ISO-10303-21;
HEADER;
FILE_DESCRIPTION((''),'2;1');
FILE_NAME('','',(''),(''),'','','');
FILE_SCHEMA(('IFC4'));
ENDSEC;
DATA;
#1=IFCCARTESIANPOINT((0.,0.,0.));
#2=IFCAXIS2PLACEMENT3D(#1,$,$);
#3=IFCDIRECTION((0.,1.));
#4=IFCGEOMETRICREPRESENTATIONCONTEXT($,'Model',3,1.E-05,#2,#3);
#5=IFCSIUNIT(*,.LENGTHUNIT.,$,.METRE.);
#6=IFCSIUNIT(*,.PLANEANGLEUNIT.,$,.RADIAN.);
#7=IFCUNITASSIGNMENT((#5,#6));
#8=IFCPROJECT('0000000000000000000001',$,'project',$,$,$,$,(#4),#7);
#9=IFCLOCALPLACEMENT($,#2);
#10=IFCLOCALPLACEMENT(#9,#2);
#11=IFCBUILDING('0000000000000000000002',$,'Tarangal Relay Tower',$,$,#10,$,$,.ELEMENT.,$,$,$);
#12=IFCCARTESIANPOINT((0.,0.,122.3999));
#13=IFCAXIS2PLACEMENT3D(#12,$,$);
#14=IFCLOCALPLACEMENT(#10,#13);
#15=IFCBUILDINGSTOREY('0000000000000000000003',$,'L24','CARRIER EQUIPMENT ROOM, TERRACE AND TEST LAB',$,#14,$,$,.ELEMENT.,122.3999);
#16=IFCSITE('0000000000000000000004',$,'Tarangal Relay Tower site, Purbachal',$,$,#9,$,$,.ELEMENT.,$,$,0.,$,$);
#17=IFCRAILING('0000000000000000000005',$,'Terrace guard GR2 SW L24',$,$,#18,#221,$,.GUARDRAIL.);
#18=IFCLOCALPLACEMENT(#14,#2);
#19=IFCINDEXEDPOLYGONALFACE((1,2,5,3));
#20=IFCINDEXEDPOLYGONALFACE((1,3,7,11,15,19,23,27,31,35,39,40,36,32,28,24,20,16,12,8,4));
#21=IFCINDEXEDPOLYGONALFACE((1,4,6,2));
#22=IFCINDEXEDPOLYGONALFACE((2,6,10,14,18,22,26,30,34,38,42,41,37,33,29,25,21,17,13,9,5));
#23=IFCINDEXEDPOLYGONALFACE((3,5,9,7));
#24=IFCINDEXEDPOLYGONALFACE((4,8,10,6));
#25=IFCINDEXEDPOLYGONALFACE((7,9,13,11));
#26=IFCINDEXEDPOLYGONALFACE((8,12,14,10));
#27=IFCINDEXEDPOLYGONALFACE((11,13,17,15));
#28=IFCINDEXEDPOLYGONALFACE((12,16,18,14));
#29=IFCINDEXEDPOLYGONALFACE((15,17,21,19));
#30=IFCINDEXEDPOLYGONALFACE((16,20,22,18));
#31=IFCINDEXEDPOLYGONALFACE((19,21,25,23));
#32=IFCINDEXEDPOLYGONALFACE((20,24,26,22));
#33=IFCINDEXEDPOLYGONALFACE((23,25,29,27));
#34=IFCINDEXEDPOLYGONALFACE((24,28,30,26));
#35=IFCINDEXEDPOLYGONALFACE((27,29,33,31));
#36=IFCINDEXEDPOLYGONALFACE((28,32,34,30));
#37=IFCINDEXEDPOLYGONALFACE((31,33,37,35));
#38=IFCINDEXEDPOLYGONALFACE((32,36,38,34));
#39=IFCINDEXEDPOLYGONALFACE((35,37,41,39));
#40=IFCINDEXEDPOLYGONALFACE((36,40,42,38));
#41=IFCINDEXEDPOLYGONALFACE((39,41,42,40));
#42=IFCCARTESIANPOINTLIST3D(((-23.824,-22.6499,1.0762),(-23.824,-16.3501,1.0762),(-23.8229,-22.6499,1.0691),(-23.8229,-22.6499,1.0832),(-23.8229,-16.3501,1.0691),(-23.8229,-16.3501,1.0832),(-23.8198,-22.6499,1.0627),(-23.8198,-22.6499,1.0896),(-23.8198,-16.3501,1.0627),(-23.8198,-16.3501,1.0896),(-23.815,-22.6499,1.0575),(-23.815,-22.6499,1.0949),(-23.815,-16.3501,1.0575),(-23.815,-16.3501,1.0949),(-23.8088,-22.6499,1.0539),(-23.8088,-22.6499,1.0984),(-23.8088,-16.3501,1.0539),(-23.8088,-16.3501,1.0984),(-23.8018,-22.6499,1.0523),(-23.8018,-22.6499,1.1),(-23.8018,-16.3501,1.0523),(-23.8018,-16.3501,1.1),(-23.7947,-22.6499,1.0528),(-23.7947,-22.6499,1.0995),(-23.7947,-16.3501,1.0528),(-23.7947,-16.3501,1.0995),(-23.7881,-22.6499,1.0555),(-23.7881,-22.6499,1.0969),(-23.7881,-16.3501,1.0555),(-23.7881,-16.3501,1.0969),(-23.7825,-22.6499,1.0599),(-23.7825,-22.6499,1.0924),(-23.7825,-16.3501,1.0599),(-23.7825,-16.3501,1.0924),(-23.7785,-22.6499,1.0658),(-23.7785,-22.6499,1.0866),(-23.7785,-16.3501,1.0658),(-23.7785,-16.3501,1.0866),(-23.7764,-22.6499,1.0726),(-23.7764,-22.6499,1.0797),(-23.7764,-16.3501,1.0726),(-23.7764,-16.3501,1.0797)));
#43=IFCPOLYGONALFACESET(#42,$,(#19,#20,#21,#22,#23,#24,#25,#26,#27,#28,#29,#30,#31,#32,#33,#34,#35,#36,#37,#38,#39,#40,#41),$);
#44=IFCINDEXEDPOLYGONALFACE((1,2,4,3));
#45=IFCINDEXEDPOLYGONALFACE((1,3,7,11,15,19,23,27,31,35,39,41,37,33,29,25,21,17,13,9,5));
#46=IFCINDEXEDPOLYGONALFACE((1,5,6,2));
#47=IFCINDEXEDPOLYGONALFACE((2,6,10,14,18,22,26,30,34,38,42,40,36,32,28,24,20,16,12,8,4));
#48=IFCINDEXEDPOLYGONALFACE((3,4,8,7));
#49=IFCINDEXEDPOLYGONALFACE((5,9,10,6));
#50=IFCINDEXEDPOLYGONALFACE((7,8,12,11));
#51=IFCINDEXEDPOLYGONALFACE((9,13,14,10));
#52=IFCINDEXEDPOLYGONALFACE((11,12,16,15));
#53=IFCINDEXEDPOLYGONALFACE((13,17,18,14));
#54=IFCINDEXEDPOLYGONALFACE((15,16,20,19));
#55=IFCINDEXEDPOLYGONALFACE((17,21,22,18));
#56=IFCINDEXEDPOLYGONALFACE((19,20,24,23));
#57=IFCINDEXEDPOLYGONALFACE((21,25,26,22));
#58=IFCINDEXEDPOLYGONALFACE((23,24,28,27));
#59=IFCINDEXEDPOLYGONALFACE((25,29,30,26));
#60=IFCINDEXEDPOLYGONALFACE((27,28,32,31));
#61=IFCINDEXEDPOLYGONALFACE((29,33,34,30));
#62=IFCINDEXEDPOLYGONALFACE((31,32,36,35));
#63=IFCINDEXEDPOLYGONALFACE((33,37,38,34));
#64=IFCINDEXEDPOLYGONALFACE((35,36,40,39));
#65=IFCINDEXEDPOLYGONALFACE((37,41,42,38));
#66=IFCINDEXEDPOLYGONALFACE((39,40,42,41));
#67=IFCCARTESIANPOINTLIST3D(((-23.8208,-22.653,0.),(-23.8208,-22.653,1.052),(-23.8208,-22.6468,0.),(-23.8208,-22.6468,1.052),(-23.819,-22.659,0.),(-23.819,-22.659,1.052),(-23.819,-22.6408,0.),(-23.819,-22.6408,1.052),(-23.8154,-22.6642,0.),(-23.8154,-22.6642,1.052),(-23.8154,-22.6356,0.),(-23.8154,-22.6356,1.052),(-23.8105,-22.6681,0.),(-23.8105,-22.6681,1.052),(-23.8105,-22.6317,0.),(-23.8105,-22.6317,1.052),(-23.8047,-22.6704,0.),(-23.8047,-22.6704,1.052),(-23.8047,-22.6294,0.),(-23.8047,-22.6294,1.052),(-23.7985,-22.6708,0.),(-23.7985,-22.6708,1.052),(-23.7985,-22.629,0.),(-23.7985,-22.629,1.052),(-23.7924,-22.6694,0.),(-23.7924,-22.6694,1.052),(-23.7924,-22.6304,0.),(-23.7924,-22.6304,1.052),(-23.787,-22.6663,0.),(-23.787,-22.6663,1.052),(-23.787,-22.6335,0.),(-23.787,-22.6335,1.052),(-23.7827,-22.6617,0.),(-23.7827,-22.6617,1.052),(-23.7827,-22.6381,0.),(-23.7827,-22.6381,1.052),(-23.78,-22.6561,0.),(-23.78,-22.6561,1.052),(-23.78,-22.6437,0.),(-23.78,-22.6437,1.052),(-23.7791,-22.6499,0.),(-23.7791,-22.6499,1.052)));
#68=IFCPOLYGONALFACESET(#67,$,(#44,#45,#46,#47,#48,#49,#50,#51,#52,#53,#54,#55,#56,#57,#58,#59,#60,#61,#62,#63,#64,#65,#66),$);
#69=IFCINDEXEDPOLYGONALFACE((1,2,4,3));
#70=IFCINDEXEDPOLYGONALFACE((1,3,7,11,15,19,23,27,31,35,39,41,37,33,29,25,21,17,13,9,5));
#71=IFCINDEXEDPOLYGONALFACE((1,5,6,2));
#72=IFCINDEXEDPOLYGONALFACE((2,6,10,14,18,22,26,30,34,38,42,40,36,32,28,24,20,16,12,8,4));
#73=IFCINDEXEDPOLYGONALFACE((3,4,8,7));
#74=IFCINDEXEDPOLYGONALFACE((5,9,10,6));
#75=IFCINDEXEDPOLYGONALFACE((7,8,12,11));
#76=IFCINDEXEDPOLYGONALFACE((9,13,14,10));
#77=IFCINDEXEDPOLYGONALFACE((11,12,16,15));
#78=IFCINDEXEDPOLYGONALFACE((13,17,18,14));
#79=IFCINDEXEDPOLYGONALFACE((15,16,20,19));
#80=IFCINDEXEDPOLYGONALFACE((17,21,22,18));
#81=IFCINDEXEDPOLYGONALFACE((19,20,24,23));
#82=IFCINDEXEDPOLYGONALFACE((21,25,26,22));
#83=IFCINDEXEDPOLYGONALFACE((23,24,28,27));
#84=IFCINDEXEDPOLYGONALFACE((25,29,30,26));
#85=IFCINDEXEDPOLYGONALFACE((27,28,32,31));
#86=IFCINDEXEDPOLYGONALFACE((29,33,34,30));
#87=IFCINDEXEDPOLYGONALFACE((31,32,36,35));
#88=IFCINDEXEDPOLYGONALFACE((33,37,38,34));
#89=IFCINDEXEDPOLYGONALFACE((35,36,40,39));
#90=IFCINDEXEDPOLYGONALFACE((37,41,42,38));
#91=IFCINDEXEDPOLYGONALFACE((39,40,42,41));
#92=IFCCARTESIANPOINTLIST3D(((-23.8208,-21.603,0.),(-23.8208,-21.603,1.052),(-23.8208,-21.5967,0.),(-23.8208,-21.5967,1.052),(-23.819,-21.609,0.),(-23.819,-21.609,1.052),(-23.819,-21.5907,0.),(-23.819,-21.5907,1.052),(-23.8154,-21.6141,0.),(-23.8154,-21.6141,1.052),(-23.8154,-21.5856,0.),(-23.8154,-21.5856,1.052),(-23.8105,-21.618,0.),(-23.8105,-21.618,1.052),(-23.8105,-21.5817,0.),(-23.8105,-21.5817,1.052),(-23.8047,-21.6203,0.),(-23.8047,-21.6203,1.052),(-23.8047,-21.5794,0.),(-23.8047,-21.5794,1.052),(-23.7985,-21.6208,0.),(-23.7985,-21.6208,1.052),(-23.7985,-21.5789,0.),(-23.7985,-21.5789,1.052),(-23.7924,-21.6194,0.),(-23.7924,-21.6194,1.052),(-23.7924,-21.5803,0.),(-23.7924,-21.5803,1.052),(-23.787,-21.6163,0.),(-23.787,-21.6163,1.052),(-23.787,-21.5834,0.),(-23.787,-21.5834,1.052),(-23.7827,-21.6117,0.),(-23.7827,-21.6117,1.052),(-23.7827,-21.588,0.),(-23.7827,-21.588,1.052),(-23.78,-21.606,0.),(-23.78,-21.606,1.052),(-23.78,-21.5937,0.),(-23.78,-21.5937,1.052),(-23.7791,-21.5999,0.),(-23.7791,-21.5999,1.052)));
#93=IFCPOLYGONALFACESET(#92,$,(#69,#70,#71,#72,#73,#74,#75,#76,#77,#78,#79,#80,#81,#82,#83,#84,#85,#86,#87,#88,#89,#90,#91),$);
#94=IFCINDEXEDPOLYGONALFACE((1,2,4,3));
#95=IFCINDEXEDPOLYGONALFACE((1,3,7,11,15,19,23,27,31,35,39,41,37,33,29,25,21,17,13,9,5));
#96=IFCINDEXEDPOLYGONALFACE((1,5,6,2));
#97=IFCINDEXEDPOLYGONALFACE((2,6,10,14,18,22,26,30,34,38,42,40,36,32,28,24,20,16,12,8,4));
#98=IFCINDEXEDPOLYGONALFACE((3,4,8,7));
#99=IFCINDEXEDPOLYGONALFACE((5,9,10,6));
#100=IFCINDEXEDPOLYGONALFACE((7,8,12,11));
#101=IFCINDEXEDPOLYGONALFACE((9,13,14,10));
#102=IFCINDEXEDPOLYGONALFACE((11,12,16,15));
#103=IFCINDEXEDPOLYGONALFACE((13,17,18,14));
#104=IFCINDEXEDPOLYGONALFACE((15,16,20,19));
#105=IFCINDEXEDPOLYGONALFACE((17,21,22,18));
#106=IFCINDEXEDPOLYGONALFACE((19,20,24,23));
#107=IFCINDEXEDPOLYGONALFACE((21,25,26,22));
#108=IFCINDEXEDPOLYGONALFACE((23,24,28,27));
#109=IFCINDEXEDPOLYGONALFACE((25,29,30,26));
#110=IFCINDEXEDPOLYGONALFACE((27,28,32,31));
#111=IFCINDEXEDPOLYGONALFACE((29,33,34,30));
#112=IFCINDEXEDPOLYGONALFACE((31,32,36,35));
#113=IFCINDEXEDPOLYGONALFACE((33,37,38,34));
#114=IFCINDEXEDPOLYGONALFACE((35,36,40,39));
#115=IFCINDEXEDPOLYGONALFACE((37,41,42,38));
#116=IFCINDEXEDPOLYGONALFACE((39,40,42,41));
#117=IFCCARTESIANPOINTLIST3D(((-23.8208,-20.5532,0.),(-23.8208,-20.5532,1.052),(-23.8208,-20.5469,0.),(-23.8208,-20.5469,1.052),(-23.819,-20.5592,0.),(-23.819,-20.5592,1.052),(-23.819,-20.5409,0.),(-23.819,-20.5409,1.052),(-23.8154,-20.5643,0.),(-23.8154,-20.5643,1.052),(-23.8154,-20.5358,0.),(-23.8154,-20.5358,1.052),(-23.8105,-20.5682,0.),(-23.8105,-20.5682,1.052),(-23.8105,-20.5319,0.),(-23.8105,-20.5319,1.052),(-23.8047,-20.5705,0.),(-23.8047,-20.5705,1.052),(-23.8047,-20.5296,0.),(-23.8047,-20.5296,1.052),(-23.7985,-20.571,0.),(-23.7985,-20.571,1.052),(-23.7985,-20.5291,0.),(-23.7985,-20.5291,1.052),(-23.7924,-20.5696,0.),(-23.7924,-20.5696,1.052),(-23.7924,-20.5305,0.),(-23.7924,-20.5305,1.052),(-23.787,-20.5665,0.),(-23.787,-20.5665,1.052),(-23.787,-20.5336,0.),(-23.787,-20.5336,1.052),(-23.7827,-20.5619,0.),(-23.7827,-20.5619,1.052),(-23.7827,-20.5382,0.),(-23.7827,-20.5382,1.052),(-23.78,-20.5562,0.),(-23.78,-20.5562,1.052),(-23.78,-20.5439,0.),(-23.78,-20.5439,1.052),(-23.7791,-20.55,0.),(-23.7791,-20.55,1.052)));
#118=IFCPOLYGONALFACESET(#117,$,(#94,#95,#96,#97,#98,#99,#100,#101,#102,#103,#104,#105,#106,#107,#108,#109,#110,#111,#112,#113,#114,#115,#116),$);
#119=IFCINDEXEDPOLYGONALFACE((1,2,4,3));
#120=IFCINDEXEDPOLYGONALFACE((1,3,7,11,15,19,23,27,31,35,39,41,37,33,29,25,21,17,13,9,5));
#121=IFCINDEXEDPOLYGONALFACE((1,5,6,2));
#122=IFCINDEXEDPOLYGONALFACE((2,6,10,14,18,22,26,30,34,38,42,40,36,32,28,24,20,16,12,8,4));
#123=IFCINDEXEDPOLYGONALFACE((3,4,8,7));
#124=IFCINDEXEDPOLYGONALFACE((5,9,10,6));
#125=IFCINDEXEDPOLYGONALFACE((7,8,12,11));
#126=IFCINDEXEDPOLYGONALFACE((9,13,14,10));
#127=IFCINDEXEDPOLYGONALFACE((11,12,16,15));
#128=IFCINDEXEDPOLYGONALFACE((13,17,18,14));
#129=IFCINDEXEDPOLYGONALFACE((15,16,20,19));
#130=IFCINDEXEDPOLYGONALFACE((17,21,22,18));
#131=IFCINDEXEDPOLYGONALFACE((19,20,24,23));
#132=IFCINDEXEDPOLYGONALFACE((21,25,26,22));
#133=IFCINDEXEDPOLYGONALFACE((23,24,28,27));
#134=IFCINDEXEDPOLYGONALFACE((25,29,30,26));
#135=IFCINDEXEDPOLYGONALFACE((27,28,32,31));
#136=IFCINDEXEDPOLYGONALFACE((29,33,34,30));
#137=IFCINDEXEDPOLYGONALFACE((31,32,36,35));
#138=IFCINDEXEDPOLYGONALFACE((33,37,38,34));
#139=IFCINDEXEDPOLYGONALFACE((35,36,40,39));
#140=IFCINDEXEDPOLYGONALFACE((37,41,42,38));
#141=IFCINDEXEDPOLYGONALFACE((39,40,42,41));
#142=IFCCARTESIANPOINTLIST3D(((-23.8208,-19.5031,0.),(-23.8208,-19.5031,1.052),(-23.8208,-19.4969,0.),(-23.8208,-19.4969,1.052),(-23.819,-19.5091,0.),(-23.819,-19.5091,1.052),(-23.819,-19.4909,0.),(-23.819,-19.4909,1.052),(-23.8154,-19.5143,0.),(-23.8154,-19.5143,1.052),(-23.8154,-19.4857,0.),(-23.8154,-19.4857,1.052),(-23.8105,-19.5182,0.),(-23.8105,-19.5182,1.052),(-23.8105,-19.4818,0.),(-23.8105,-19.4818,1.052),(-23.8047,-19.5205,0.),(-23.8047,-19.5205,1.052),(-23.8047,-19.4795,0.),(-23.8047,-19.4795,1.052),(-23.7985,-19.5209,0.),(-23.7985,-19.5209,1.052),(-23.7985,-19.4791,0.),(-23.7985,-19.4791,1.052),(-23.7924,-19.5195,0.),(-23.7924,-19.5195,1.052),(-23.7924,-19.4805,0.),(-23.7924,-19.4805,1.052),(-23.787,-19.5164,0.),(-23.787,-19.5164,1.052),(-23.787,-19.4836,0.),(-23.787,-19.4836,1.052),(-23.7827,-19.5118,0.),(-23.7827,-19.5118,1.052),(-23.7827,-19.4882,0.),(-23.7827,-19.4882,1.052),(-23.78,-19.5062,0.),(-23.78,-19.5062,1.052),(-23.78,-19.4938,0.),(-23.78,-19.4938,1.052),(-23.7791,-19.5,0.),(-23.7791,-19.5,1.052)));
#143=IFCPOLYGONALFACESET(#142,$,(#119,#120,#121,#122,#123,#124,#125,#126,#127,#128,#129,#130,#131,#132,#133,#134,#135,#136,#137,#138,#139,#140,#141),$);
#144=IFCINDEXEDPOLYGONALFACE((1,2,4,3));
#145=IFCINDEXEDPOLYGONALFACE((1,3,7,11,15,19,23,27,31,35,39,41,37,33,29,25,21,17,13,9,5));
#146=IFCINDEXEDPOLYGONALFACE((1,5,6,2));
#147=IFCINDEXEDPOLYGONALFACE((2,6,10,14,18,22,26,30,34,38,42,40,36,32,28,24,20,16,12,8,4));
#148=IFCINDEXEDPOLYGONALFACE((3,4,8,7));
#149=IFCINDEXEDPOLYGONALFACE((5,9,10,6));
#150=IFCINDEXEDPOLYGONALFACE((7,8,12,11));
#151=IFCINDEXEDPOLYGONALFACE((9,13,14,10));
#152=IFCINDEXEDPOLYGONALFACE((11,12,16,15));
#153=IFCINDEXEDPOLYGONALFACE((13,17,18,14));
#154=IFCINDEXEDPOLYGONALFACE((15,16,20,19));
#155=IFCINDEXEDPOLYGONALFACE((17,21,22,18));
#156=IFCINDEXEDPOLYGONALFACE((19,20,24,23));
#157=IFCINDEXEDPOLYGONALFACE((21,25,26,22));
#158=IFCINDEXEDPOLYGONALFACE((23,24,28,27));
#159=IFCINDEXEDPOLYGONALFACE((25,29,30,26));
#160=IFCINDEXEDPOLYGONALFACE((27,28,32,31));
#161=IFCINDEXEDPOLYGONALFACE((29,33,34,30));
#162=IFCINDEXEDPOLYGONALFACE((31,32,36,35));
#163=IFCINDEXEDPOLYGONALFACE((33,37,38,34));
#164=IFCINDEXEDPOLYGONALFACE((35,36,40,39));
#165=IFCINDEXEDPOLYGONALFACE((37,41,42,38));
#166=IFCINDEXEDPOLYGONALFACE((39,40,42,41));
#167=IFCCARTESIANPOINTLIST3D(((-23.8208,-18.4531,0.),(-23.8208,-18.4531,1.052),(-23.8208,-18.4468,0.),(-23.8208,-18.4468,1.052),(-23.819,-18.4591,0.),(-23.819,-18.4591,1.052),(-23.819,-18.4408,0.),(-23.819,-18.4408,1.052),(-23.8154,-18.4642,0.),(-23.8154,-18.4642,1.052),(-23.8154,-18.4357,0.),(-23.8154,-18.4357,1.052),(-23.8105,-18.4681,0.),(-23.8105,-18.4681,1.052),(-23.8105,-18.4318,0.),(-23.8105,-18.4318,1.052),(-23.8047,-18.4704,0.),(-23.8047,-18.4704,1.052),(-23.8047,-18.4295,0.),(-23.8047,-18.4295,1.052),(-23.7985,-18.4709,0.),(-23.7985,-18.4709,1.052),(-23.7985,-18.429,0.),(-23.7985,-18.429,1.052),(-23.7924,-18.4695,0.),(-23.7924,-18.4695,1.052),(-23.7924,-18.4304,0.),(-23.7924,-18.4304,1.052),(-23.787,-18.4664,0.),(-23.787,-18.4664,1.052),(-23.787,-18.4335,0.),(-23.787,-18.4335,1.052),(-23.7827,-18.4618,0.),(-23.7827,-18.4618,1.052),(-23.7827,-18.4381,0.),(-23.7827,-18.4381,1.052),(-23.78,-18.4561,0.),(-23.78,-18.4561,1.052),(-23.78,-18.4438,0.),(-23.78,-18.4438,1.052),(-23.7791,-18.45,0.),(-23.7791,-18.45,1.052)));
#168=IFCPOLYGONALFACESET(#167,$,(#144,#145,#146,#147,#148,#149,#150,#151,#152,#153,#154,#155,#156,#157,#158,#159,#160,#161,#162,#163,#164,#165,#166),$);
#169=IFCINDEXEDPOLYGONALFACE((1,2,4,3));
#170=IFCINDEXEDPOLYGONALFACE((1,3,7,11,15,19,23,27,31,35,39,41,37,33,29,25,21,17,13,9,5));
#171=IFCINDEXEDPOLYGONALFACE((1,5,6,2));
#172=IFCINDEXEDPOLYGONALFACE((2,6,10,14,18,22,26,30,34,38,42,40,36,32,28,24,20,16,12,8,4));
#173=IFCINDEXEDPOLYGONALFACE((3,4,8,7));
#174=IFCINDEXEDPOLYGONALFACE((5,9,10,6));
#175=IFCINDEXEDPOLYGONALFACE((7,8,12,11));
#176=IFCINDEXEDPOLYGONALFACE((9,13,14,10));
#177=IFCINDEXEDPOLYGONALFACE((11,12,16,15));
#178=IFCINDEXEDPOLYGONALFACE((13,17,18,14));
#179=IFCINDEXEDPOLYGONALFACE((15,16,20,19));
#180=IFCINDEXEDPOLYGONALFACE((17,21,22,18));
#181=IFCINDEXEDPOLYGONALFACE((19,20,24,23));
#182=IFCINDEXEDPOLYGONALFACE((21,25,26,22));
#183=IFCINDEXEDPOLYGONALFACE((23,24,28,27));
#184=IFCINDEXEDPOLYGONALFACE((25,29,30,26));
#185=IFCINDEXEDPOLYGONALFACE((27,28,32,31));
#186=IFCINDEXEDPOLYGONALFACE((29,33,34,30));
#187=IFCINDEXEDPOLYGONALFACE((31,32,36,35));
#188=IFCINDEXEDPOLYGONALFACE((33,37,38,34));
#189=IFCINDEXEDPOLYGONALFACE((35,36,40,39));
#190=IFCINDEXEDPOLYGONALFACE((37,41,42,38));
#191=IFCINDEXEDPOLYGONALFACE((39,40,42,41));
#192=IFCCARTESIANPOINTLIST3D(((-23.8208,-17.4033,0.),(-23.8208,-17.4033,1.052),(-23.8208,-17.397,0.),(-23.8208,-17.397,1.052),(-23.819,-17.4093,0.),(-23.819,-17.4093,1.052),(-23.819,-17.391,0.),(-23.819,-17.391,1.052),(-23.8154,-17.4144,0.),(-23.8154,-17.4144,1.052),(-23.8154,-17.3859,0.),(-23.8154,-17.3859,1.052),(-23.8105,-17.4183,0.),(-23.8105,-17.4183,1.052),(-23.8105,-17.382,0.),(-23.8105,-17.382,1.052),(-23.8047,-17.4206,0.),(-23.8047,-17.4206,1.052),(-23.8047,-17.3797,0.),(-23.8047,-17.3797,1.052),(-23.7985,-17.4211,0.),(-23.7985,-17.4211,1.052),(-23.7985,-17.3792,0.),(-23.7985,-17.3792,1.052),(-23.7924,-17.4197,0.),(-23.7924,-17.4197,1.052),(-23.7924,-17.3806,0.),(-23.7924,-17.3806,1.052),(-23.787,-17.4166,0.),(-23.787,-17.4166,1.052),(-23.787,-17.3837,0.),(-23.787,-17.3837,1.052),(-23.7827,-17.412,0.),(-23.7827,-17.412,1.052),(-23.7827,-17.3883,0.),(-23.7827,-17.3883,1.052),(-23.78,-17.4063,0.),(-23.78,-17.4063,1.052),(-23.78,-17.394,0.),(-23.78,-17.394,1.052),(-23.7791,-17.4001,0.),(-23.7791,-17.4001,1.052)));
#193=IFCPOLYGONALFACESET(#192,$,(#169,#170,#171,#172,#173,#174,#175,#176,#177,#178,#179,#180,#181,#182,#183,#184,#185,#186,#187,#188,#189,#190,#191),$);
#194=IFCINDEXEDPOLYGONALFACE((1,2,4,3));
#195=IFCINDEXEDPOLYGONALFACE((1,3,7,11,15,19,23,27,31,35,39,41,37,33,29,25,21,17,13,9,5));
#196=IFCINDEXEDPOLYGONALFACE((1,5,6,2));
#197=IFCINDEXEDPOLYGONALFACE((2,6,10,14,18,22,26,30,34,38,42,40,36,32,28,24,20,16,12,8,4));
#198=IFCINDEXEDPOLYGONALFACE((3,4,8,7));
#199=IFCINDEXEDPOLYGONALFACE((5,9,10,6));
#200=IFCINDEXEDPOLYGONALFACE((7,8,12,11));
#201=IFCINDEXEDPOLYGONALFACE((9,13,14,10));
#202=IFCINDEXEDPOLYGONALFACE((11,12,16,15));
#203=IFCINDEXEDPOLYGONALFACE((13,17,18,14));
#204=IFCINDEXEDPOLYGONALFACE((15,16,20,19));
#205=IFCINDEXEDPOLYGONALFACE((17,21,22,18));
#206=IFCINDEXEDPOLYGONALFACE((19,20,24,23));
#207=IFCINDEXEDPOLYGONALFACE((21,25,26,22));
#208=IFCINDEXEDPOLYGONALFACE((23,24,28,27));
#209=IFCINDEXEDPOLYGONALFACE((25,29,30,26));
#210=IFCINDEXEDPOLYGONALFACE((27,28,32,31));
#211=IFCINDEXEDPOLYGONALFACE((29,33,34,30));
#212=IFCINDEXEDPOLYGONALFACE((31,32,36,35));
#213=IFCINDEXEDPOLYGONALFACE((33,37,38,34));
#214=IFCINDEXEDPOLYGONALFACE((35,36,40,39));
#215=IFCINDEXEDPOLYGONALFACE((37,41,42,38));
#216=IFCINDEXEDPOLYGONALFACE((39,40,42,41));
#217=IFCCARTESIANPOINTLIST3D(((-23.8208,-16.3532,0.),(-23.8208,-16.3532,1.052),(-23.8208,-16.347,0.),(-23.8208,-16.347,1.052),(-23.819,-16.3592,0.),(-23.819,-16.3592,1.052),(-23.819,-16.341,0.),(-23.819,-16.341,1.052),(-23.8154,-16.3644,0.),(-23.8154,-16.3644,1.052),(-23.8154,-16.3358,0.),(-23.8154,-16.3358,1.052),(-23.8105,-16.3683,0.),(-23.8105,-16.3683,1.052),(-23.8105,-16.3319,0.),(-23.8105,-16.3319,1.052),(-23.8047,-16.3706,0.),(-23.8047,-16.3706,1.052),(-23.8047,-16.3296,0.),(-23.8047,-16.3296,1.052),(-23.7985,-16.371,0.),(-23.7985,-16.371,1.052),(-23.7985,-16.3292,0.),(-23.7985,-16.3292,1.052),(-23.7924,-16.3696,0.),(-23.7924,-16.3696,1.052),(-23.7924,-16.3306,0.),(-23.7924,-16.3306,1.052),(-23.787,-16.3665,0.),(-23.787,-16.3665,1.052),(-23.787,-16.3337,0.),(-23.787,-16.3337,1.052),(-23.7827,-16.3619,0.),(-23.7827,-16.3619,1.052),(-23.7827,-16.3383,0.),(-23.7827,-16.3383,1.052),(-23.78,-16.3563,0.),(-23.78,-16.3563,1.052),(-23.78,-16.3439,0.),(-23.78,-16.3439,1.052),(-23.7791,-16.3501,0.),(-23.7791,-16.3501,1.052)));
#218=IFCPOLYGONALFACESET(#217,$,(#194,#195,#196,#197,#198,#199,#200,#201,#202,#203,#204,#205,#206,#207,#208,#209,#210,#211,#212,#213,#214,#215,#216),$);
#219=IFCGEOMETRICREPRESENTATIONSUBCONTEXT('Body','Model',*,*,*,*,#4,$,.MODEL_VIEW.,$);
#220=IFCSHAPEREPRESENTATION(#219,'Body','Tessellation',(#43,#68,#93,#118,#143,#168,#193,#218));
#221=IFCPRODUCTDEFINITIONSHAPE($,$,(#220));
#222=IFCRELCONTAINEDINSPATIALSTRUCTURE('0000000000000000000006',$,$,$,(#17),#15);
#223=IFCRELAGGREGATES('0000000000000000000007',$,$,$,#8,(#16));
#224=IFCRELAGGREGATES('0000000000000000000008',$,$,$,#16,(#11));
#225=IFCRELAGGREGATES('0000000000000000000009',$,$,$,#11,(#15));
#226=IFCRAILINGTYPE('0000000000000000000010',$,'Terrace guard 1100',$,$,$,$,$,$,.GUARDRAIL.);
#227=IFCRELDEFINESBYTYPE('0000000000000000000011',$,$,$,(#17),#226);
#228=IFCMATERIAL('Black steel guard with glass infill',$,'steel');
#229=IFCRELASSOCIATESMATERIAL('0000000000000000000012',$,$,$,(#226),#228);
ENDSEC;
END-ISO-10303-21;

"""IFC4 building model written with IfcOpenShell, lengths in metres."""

from ifc_helpers import new_model, si_unit, direction, frame, origin, origin_2d, place, context, subcontext, project, spatial, circle, extrude, material, type_object, element, save


model = new_model("IFC4")

# Units and contexts
model_context = context("Model", 3, precision=1e-05, world=origin(), true_north=direction((0.0, 1.0)))
body_context = subcontext(model_context, "Body", "Model", "MODEL_VIEW")
ifc_project = project(units=[si_unit("LENGTHUNIT", "METRE"), si_unit("PLANEANGLEUNIT", "RADIAN")], contexts=[model_context])

# Site, building, storey
site_placement = place(None, origin())
site = spatial("IfcSite", under=ifc_project, at=site_placement, Name="Tarangal Relay Tower site, Purbachal", CompositionType="ELEMENT", RefElevation=0.0)
building_placement = place(site_placement, origin())
building = spatial("IfcBuilding", under=site, at=building_placement, Name="Tarangal Relay Tower", CompositionType="ELEMENT")
storey_placement = place(building_placement, frame((0.0, 0.0, 122.3999)))
storey = spatial("IfcBuildingStorey", under=building, at=storey_placement, Name="L24", Description="CARRIER EQUIPMENT ROOM, TERRACE AND TEST LAB", CompositionType="ELEMENT", Elevation=122.3999)

# Railing
ifc_material_1 = material(Name="Black steel guard with glass infill", Category="steel")
railing_type = type_object("IfcRailingType", Name="Terrace guard 1100", PredefinedType="GUARDRAIL", material=ifc_material_1)
railing_1_placement = place(storey_placement, frame((-23.8, -22.6499, 0.0)))
element("IfcRailing", 1, at=railing_1_placement, inside=storey, type_object=railing_type, Name="Terrace guard GR2 SW L24", PredefinedType="GUARDRAIL", context=body_context, shape_type="SweptSolid", body=[
    extrude(circle(Radius=0.0239, at=origin_2d()), frame((0.0, 0.0, 1.0762), z_axis=(0.0, 1.0, 0.0), x_axis=(-1.0, 0.0, 0.0)), (0.0, 0.0, 1.0), 6.2998),
    extrude(circle(Radius=0.021, at=origin_2d()), origin(), (0.0, 0.0, 1.0), 1.052),
    extrude(circle(Radius=0.021, at=origin_2d()), frame((0.0, 1.05, 0.0)), (0.0, 0.0, 1.0), 1.052),
    extrude(circle(Radius=0.021, at=origin_2d()), frame((0.0, 2.0999, 0.0)), (0.0, 0.0, 1.0), 1.052),
    extrude(circle(Radius=0.021, at=origin_2d()), frame((0.0, 3.1499, 0.0)), (0.0, 0.0, 1.0), 1.052),
    extrude(circle(Radius=0.021, at=origin_2d()), frame((0.0, 4.2, 0.0)), (0.0, 0.0, 1.0), 1.052),
    extrude(circle(Radius=0.021, at=origin_2d()), frame((0.0, 5.2498, 0.0)), (0.0, 0.0, 1.0), 1.052),
    extrude(circle(Radius=0.021, at=origin_2d()), frame((0.0, 6.2998, 0.0)), (0.0, 0.0, 1.0), 1.052),
])

save(model, "model.ifc")
